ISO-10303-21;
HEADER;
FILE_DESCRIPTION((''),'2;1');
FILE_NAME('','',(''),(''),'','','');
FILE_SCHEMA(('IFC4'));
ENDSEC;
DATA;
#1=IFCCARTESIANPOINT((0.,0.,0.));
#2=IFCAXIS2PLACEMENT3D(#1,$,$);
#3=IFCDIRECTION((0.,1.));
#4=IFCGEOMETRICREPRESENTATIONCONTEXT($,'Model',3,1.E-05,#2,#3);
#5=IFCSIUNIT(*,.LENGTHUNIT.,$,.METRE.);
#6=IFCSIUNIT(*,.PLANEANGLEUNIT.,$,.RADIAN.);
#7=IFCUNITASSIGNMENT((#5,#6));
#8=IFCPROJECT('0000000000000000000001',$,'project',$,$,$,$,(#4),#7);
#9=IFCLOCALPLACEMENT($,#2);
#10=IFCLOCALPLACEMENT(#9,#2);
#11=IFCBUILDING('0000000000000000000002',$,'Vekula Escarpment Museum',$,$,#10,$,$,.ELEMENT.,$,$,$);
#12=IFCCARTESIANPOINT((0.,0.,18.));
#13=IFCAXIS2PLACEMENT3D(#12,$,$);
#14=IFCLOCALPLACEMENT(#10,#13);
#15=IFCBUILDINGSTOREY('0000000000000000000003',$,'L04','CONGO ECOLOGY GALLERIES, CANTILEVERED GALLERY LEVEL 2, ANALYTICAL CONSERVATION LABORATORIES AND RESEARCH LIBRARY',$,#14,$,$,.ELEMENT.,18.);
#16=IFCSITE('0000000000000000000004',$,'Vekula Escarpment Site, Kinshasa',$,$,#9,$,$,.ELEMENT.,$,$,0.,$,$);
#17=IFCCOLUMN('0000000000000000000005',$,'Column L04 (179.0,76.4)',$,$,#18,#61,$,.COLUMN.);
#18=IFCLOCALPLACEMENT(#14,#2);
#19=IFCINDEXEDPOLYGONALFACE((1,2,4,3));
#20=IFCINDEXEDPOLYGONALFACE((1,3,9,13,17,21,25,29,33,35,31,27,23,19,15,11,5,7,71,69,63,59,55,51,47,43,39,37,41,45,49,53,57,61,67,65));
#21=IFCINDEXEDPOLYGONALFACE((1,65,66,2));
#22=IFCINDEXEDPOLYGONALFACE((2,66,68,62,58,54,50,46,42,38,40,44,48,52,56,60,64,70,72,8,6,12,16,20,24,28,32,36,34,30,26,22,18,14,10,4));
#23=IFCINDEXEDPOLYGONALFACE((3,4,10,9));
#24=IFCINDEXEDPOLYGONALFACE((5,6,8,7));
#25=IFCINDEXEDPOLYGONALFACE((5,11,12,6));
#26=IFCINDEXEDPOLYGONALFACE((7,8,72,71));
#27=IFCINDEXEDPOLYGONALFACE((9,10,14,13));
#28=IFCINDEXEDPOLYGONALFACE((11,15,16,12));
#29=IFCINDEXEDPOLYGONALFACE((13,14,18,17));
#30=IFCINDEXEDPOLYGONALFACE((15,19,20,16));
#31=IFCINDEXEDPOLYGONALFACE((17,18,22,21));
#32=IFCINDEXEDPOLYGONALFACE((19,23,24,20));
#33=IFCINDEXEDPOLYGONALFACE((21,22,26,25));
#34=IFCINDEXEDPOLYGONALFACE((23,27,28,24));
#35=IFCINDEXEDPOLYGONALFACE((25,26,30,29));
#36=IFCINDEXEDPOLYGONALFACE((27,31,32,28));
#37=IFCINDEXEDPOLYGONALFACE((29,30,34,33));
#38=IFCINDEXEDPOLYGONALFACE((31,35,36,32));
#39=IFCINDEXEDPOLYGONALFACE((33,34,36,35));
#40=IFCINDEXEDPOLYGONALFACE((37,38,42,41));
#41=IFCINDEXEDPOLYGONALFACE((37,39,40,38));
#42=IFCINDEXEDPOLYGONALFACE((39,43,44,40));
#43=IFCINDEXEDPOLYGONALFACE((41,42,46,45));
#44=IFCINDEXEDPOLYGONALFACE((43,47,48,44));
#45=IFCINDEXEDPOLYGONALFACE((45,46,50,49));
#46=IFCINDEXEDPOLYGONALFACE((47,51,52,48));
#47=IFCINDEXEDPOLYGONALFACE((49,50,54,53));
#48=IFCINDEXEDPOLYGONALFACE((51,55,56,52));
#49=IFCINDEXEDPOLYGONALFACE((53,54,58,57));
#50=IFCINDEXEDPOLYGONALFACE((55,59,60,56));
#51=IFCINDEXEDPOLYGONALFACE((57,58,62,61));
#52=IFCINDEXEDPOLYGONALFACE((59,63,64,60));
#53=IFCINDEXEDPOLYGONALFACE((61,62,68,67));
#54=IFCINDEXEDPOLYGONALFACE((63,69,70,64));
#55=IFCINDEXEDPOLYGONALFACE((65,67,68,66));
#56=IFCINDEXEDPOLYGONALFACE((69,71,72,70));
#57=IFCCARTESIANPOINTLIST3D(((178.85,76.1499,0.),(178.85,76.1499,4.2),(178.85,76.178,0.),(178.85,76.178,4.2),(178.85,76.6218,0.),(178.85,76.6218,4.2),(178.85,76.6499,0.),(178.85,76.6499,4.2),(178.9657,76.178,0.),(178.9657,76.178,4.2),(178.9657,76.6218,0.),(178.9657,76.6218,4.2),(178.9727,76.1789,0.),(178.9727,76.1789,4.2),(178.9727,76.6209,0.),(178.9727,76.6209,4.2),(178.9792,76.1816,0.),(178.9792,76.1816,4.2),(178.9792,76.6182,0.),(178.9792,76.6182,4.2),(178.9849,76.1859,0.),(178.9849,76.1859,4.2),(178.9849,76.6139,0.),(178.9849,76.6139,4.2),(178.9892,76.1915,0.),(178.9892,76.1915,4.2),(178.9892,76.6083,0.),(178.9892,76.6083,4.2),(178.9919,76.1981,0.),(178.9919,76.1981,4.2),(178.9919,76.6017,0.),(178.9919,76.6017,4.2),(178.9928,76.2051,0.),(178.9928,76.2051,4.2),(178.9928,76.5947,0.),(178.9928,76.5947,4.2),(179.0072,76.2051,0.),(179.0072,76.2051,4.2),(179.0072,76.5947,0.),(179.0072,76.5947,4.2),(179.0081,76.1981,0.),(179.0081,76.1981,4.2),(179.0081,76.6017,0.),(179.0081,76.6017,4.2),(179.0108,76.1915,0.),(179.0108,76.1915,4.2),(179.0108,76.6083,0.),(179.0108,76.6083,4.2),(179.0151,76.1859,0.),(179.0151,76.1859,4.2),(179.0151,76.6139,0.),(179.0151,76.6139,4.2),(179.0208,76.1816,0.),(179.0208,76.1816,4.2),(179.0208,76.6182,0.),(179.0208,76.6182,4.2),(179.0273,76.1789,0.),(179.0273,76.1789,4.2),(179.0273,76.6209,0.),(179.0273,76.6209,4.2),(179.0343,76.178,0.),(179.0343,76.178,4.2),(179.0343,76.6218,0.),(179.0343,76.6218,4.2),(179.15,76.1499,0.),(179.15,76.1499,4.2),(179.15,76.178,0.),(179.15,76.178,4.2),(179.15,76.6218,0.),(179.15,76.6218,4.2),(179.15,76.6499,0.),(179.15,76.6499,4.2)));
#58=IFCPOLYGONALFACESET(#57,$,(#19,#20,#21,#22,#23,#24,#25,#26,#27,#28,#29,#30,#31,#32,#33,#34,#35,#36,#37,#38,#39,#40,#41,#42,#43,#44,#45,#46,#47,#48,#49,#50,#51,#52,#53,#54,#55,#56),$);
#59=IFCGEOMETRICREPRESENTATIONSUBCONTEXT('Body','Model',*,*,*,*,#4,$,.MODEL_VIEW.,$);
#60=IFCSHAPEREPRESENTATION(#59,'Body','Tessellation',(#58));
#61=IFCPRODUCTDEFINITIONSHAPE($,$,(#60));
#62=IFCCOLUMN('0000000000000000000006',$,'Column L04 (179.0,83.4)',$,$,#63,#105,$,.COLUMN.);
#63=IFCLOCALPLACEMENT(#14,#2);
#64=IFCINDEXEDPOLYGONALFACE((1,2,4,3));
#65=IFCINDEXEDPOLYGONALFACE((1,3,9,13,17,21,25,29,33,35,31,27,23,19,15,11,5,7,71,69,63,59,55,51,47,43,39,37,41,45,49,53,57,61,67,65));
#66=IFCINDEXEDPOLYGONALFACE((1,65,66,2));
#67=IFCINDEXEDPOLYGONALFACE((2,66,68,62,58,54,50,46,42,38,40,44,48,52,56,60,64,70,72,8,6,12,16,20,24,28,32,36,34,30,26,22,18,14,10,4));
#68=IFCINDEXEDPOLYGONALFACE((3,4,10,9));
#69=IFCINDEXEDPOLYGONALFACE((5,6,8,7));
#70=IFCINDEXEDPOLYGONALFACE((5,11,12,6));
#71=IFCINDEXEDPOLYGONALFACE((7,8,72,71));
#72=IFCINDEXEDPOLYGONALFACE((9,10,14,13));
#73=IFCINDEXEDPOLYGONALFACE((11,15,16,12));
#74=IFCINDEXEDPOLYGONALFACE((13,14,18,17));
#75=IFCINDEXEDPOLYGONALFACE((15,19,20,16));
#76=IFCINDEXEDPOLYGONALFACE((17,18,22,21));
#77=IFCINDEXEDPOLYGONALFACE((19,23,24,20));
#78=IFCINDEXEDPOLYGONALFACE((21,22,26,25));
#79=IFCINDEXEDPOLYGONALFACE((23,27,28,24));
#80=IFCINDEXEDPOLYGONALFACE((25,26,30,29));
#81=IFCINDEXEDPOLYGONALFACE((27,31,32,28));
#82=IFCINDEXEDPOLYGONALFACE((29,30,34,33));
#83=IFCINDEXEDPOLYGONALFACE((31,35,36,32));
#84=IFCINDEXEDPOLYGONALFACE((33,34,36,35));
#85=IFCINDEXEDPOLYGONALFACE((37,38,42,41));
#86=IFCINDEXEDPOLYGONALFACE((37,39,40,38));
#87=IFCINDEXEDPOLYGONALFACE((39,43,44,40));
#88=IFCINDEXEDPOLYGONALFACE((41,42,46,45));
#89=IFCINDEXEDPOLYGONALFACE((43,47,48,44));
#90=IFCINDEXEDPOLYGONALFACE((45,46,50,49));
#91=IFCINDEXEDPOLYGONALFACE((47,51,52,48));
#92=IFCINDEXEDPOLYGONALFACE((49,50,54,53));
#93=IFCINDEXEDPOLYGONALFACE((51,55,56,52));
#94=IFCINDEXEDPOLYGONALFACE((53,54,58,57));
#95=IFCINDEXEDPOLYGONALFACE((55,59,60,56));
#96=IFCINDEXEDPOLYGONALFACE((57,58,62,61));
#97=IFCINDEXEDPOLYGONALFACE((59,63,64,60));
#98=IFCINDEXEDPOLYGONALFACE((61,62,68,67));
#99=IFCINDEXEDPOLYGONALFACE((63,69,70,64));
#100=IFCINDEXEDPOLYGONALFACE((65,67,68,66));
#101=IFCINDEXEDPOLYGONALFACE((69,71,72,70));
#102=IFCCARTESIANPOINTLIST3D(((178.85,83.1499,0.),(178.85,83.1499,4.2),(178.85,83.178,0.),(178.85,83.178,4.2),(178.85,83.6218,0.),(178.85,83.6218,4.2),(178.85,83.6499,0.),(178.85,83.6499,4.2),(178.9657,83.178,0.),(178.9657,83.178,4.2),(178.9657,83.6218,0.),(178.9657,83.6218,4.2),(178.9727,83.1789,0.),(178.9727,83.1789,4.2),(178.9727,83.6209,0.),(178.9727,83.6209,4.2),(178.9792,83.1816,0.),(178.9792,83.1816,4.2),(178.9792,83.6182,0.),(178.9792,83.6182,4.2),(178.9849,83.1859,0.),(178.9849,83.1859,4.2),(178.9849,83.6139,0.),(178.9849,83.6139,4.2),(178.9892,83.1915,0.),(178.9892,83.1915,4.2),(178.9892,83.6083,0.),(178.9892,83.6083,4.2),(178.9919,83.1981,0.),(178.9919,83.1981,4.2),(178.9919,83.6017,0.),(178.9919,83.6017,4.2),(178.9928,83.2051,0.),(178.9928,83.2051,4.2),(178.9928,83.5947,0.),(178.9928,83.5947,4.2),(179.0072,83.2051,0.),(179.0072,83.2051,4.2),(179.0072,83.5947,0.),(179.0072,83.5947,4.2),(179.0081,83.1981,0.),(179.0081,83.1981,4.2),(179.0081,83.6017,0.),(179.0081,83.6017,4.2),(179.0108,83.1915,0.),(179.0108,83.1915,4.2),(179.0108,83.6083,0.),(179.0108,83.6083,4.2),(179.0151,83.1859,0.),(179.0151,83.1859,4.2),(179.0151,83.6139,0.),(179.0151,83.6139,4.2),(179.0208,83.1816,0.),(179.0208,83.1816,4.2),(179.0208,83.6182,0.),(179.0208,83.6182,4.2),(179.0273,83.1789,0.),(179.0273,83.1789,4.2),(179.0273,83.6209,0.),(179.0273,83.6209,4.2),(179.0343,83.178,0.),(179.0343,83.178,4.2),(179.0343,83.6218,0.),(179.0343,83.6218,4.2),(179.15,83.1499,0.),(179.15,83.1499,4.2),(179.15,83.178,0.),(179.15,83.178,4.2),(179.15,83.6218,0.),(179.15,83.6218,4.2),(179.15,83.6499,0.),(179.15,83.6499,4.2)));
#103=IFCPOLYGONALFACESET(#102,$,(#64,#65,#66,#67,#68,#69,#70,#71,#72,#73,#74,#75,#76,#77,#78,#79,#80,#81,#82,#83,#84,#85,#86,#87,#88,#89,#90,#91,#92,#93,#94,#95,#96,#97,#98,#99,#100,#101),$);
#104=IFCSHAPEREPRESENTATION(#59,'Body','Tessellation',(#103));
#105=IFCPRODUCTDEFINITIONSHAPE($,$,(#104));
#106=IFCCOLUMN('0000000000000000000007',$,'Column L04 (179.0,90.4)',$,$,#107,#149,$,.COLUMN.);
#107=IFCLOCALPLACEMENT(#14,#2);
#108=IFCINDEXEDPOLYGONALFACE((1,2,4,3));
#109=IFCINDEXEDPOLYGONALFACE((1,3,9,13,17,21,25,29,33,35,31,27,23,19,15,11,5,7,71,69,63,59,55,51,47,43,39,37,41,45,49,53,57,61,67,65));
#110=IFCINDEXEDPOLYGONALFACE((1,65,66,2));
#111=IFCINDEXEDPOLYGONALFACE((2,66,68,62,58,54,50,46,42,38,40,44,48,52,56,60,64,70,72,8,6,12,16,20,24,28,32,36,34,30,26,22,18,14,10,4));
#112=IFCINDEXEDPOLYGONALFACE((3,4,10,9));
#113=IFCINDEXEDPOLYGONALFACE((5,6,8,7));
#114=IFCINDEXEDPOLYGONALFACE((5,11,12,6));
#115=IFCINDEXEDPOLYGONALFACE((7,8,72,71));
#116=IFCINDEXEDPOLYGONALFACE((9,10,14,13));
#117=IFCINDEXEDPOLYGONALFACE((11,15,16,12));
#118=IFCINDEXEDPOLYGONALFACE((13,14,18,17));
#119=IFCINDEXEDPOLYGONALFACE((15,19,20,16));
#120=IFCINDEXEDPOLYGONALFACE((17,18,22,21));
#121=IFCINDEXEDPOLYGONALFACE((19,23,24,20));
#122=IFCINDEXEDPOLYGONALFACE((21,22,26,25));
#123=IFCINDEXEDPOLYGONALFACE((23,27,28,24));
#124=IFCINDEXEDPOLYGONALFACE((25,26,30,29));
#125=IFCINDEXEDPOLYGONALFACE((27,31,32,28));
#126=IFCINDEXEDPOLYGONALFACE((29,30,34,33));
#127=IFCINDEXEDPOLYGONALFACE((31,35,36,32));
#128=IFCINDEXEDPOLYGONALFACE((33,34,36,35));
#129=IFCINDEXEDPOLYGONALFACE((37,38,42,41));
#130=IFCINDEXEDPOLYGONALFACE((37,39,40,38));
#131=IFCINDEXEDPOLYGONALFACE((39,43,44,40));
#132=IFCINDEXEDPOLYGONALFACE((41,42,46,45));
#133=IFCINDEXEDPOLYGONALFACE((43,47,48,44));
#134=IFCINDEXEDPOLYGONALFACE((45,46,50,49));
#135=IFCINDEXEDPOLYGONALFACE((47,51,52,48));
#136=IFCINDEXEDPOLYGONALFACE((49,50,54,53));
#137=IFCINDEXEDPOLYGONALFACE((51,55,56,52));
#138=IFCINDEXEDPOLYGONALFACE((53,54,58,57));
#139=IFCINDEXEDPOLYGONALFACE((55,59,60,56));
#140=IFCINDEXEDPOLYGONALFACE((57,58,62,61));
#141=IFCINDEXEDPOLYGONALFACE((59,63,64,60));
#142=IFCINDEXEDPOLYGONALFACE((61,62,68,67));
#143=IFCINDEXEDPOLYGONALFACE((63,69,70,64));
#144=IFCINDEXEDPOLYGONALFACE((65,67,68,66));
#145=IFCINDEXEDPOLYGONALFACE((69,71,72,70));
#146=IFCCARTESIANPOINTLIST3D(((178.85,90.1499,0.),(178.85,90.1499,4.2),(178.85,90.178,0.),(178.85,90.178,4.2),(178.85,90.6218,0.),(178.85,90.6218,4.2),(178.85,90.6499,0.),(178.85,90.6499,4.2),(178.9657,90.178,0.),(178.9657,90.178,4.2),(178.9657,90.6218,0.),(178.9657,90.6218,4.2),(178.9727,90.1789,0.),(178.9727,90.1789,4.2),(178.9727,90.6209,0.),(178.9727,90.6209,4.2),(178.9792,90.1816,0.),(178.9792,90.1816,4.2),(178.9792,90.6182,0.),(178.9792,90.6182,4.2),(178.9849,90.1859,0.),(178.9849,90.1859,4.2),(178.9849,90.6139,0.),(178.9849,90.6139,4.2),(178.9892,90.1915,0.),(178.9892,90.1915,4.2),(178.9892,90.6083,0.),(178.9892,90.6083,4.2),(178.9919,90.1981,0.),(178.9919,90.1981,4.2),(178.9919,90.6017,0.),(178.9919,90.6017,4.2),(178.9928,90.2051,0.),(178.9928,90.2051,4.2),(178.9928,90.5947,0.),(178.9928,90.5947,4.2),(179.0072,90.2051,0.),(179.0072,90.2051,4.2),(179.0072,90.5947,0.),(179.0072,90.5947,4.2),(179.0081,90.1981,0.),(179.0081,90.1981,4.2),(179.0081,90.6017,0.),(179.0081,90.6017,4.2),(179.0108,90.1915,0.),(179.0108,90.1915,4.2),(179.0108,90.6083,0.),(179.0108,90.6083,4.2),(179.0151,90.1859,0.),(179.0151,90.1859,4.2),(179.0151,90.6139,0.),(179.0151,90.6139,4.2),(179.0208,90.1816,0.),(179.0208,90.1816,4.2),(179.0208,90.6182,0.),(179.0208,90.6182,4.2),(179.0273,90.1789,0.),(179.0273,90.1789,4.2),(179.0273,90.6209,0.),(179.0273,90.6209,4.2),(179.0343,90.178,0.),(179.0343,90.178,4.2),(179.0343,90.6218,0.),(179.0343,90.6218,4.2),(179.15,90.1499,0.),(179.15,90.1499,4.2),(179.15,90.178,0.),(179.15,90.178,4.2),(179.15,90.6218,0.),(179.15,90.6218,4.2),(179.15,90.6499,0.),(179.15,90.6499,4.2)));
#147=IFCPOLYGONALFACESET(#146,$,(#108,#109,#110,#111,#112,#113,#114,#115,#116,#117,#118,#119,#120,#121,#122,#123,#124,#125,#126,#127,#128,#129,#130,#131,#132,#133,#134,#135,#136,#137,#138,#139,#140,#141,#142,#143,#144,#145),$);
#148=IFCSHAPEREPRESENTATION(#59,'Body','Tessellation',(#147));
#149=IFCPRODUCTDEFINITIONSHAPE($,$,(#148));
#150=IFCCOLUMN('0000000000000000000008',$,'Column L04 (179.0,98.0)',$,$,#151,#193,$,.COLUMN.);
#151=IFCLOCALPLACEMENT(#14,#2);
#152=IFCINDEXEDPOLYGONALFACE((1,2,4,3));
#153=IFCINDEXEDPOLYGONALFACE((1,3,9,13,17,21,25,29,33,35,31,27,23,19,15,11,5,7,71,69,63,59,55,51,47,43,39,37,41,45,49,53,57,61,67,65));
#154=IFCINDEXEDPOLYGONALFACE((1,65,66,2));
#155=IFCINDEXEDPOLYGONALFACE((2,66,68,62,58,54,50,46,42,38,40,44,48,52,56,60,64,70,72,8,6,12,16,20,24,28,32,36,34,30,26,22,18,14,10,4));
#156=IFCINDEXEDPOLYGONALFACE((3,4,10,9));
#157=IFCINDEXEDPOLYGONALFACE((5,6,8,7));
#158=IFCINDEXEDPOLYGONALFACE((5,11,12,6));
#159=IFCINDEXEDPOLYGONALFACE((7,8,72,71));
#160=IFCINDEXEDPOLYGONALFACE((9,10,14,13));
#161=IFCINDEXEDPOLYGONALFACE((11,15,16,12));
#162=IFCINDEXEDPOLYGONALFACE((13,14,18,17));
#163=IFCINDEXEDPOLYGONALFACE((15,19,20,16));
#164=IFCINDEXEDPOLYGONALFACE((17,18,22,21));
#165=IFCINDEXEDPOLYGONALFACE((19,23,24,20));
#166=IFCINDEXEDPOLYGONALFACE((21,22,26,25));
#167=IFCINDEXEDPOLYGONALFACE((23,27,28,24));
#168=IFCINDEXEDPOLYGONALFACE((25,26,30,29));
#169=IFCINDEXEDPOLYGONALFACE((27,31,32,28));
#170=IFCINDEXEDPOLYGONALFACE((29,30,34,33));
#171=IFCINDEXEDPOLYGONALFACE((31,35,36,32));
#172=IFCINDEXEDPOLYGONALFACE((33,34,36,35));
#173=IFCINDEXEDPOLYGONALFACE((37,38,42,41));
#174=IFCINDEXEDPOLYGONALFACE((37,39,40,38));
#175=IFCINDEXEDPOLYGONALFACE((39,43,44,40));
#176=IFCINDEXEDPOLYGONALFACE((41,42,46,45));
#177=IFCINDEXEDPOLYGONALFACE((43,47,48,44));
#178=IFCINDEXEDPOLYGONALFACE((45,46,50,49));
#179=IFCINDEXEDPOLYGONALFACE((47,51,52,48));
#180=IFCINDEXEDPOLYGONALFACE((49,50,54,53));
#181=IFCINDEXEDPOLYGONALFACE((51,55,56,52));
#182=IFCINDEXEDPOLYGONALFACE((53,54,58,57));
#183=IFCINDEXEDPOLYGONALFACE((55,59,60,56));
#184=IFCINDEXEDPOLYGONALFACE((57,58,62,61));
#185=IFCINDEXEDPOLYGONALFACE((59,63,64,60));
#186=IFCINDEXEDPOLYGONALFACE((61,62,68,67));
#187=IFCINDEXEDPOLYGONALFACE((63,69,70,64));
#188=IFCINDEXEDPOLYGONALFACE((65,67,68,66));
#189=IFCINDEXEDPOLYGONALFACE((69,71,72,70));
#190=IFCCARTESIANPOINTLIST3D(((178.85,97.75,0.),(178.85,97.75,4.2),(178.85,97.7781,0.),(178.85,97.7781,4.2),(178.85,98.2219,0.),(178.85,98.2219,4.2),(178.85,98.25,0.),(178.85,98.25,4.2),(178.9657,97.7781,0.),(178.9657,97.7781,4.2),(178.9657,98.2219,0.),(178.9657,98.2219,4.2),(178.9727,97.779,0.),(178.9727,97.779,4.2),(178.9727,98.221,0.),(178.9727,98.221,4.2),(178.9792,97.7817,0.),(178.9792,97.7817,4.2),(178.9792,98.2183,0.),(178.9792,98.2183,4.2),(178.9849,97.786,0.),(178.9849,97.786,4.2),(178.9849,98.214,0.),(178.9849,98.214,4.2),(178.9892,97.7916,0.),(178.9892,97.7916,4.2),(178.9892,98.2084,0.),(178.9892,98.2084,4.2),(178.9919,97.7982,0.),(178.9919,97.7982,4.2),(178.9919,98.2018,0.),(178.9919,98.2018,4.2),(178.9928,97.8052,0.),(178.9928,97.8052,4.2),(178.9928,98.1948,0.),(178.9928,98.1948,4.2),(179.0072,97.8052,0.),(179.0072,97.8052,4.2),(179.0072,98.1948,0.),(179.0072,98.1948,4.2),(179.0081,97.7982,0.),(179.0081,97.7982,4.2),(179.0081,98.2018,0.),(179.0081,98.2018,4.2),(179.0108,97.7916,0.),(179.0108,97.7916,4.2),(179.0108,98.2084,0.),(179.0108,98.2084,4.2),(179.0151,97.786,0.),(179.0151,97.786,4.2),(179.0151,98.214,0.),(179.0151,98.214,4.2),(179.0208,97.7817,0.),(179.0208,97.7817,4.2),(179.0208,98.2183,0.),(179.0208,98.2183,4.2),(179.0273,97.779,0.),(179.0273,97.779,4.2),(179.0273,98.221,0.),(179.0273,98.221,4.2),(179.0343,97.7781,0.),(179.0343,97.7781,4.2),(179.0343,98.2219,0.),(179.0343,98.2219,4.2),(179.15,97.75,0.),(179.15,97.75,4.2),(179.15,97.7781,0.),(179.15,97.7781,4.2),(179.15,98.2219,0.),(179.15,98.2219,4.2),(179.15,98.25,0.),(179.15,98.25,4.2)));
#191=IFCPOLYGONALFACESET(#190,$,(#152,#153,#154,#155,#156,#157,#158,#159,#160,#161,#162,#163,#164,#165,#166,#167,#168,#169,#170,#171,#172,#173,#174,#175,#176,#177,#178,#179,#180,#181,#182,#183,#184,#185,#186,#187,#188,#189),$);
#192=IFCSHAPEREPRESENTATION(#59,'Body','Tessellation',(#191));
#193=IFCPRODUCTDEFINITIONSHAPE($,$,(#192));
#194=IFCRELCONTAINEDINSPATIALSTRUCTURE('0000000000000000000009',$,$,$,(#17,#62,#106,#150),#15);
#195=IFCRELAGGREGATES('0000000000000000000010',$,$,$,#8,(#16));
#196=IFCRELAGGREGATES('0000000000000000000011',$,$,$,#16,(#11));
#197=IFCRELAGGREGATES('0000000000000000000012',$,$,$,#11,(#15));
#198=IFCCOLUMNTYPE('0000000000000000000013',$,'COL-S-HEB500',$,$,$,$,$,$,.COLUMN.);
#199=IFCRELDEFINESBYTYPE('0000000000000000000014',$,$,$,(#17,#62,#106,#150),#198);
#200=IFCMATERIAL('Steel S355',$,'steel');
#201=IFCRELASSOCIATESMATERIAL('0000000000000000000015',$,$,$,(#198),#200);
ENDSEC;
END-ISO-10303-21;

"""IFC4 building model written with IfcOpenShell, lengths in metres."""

from ifc_helpers import new_model, si_unit, direction, frame, origin, origin_2d, place, context, subcontext, project, spatial, i_section, extrude, material, material_profile, profile_set, type_object, element, save


model = new_model("IFC4")

# Units and contexts
model_context = context("Model", 3, precision=1e-05, world=origin(), true_north=direction((0.0, 1.0)))
body_context = subcontext(model_context, "Body", "Model", "MODEL_VIEW")
ifc_project = project(units=[si_unit("LENGTHUNIT", "METRE"), si_unit("PLANEANGLEUNIT", "RADIAN")], contexts=[model_context])

# Site, building, storey
site_placement = place(None, origin())
site = spatial("IfcSite", under=ifc_project, at=site_placement, Name="Vekula Escarpment Site, Kinshasa", CompositionType="ELEMENT", RefElevation=0.0)
building_placement = place(site_placement, origin())
building = spatial("IfcBuilding", under=site, at=building_placement, Name="Vekula Escarpment Museum", CompositionType="ELEMENT")
storey_placement = place(building_placement, frame((0.0, 0.0, 18.0)))
storey = spatial("IfcBuildingStorey", under=building, at=storey_placement, Name="L04", Description="CONGO ECOLOGY GALLERIES, CANTILEVERED GALLERY LEVEL 2, ANALYTICAL CONSERVATION LABORATORIES AND RESEARCH LIBRARY", CompositionType="ELEMENT", Elevation=18.0)

# Columns
ifc_material_1 = material(Name="Steel S355", Category="steel")
ifc_material_profile_1 = material_profile(ifc_material_1, i_section(OverallWidth=0.3, OverallDepth=0.5, WebThickness=0.0144, FlangeThickness=0.0281, FilletRadius=0.0271, at=origin_2d()), Name="HEB 500")
ifc_profile_set_1 = profile_set([ifc_material_profile_1], Name="Steel S355")
column_type = type_object("IfcColumnType", Name="COL-S-HEB500", PredefinedType="COLUMN", material=ifc_profile_set_1)
for number, where, z_axis, x_axis, name in (
    (1, (179.0, 76.3999, 0.0), (0.0, 0.0, 1.0), (1.0, 0.0, 0.0), "Column L04 (179.0,76.4)"),
    (2, (179.0, 83.3999, 0.0), (0.0, 0.0, 1.0), (1.0, 0.0, 0.0), "Column L04 (179.0,83.4)"),
    (3, (179.0, 90.3999, 0.0), (0.0, 0.0, 1.0), (1.0, 0.0, 0.0), "Column L04 (179.0,90.4)"),
    (4, (179.0, 98.0, 0.0), (0.0, 0.0, 1.0), (1.0, 0.0, 0.0), "Column L04 (179.0,98.0)"),
):
    element("IfcColumn", number, at=place(storey_placement, frame(where, z_axis=z_axis, x_axis=x_axis)), inside=storey, type_object=column_type, Name=name, PredefinedType="COLUMN", context=body_context, shape_type="SweptSolid", body=[
        extrude(i_section(OverallWidth=0.3, OverallDepth=0.5, WebThickness=0.0144, FlangeThickness=0.0281, FilletRadius=0.0271, at=origin_2d()), origin(), (0.0, 0.0, 1.0), 4.2),
    ])

save(model, "model.ifc")
